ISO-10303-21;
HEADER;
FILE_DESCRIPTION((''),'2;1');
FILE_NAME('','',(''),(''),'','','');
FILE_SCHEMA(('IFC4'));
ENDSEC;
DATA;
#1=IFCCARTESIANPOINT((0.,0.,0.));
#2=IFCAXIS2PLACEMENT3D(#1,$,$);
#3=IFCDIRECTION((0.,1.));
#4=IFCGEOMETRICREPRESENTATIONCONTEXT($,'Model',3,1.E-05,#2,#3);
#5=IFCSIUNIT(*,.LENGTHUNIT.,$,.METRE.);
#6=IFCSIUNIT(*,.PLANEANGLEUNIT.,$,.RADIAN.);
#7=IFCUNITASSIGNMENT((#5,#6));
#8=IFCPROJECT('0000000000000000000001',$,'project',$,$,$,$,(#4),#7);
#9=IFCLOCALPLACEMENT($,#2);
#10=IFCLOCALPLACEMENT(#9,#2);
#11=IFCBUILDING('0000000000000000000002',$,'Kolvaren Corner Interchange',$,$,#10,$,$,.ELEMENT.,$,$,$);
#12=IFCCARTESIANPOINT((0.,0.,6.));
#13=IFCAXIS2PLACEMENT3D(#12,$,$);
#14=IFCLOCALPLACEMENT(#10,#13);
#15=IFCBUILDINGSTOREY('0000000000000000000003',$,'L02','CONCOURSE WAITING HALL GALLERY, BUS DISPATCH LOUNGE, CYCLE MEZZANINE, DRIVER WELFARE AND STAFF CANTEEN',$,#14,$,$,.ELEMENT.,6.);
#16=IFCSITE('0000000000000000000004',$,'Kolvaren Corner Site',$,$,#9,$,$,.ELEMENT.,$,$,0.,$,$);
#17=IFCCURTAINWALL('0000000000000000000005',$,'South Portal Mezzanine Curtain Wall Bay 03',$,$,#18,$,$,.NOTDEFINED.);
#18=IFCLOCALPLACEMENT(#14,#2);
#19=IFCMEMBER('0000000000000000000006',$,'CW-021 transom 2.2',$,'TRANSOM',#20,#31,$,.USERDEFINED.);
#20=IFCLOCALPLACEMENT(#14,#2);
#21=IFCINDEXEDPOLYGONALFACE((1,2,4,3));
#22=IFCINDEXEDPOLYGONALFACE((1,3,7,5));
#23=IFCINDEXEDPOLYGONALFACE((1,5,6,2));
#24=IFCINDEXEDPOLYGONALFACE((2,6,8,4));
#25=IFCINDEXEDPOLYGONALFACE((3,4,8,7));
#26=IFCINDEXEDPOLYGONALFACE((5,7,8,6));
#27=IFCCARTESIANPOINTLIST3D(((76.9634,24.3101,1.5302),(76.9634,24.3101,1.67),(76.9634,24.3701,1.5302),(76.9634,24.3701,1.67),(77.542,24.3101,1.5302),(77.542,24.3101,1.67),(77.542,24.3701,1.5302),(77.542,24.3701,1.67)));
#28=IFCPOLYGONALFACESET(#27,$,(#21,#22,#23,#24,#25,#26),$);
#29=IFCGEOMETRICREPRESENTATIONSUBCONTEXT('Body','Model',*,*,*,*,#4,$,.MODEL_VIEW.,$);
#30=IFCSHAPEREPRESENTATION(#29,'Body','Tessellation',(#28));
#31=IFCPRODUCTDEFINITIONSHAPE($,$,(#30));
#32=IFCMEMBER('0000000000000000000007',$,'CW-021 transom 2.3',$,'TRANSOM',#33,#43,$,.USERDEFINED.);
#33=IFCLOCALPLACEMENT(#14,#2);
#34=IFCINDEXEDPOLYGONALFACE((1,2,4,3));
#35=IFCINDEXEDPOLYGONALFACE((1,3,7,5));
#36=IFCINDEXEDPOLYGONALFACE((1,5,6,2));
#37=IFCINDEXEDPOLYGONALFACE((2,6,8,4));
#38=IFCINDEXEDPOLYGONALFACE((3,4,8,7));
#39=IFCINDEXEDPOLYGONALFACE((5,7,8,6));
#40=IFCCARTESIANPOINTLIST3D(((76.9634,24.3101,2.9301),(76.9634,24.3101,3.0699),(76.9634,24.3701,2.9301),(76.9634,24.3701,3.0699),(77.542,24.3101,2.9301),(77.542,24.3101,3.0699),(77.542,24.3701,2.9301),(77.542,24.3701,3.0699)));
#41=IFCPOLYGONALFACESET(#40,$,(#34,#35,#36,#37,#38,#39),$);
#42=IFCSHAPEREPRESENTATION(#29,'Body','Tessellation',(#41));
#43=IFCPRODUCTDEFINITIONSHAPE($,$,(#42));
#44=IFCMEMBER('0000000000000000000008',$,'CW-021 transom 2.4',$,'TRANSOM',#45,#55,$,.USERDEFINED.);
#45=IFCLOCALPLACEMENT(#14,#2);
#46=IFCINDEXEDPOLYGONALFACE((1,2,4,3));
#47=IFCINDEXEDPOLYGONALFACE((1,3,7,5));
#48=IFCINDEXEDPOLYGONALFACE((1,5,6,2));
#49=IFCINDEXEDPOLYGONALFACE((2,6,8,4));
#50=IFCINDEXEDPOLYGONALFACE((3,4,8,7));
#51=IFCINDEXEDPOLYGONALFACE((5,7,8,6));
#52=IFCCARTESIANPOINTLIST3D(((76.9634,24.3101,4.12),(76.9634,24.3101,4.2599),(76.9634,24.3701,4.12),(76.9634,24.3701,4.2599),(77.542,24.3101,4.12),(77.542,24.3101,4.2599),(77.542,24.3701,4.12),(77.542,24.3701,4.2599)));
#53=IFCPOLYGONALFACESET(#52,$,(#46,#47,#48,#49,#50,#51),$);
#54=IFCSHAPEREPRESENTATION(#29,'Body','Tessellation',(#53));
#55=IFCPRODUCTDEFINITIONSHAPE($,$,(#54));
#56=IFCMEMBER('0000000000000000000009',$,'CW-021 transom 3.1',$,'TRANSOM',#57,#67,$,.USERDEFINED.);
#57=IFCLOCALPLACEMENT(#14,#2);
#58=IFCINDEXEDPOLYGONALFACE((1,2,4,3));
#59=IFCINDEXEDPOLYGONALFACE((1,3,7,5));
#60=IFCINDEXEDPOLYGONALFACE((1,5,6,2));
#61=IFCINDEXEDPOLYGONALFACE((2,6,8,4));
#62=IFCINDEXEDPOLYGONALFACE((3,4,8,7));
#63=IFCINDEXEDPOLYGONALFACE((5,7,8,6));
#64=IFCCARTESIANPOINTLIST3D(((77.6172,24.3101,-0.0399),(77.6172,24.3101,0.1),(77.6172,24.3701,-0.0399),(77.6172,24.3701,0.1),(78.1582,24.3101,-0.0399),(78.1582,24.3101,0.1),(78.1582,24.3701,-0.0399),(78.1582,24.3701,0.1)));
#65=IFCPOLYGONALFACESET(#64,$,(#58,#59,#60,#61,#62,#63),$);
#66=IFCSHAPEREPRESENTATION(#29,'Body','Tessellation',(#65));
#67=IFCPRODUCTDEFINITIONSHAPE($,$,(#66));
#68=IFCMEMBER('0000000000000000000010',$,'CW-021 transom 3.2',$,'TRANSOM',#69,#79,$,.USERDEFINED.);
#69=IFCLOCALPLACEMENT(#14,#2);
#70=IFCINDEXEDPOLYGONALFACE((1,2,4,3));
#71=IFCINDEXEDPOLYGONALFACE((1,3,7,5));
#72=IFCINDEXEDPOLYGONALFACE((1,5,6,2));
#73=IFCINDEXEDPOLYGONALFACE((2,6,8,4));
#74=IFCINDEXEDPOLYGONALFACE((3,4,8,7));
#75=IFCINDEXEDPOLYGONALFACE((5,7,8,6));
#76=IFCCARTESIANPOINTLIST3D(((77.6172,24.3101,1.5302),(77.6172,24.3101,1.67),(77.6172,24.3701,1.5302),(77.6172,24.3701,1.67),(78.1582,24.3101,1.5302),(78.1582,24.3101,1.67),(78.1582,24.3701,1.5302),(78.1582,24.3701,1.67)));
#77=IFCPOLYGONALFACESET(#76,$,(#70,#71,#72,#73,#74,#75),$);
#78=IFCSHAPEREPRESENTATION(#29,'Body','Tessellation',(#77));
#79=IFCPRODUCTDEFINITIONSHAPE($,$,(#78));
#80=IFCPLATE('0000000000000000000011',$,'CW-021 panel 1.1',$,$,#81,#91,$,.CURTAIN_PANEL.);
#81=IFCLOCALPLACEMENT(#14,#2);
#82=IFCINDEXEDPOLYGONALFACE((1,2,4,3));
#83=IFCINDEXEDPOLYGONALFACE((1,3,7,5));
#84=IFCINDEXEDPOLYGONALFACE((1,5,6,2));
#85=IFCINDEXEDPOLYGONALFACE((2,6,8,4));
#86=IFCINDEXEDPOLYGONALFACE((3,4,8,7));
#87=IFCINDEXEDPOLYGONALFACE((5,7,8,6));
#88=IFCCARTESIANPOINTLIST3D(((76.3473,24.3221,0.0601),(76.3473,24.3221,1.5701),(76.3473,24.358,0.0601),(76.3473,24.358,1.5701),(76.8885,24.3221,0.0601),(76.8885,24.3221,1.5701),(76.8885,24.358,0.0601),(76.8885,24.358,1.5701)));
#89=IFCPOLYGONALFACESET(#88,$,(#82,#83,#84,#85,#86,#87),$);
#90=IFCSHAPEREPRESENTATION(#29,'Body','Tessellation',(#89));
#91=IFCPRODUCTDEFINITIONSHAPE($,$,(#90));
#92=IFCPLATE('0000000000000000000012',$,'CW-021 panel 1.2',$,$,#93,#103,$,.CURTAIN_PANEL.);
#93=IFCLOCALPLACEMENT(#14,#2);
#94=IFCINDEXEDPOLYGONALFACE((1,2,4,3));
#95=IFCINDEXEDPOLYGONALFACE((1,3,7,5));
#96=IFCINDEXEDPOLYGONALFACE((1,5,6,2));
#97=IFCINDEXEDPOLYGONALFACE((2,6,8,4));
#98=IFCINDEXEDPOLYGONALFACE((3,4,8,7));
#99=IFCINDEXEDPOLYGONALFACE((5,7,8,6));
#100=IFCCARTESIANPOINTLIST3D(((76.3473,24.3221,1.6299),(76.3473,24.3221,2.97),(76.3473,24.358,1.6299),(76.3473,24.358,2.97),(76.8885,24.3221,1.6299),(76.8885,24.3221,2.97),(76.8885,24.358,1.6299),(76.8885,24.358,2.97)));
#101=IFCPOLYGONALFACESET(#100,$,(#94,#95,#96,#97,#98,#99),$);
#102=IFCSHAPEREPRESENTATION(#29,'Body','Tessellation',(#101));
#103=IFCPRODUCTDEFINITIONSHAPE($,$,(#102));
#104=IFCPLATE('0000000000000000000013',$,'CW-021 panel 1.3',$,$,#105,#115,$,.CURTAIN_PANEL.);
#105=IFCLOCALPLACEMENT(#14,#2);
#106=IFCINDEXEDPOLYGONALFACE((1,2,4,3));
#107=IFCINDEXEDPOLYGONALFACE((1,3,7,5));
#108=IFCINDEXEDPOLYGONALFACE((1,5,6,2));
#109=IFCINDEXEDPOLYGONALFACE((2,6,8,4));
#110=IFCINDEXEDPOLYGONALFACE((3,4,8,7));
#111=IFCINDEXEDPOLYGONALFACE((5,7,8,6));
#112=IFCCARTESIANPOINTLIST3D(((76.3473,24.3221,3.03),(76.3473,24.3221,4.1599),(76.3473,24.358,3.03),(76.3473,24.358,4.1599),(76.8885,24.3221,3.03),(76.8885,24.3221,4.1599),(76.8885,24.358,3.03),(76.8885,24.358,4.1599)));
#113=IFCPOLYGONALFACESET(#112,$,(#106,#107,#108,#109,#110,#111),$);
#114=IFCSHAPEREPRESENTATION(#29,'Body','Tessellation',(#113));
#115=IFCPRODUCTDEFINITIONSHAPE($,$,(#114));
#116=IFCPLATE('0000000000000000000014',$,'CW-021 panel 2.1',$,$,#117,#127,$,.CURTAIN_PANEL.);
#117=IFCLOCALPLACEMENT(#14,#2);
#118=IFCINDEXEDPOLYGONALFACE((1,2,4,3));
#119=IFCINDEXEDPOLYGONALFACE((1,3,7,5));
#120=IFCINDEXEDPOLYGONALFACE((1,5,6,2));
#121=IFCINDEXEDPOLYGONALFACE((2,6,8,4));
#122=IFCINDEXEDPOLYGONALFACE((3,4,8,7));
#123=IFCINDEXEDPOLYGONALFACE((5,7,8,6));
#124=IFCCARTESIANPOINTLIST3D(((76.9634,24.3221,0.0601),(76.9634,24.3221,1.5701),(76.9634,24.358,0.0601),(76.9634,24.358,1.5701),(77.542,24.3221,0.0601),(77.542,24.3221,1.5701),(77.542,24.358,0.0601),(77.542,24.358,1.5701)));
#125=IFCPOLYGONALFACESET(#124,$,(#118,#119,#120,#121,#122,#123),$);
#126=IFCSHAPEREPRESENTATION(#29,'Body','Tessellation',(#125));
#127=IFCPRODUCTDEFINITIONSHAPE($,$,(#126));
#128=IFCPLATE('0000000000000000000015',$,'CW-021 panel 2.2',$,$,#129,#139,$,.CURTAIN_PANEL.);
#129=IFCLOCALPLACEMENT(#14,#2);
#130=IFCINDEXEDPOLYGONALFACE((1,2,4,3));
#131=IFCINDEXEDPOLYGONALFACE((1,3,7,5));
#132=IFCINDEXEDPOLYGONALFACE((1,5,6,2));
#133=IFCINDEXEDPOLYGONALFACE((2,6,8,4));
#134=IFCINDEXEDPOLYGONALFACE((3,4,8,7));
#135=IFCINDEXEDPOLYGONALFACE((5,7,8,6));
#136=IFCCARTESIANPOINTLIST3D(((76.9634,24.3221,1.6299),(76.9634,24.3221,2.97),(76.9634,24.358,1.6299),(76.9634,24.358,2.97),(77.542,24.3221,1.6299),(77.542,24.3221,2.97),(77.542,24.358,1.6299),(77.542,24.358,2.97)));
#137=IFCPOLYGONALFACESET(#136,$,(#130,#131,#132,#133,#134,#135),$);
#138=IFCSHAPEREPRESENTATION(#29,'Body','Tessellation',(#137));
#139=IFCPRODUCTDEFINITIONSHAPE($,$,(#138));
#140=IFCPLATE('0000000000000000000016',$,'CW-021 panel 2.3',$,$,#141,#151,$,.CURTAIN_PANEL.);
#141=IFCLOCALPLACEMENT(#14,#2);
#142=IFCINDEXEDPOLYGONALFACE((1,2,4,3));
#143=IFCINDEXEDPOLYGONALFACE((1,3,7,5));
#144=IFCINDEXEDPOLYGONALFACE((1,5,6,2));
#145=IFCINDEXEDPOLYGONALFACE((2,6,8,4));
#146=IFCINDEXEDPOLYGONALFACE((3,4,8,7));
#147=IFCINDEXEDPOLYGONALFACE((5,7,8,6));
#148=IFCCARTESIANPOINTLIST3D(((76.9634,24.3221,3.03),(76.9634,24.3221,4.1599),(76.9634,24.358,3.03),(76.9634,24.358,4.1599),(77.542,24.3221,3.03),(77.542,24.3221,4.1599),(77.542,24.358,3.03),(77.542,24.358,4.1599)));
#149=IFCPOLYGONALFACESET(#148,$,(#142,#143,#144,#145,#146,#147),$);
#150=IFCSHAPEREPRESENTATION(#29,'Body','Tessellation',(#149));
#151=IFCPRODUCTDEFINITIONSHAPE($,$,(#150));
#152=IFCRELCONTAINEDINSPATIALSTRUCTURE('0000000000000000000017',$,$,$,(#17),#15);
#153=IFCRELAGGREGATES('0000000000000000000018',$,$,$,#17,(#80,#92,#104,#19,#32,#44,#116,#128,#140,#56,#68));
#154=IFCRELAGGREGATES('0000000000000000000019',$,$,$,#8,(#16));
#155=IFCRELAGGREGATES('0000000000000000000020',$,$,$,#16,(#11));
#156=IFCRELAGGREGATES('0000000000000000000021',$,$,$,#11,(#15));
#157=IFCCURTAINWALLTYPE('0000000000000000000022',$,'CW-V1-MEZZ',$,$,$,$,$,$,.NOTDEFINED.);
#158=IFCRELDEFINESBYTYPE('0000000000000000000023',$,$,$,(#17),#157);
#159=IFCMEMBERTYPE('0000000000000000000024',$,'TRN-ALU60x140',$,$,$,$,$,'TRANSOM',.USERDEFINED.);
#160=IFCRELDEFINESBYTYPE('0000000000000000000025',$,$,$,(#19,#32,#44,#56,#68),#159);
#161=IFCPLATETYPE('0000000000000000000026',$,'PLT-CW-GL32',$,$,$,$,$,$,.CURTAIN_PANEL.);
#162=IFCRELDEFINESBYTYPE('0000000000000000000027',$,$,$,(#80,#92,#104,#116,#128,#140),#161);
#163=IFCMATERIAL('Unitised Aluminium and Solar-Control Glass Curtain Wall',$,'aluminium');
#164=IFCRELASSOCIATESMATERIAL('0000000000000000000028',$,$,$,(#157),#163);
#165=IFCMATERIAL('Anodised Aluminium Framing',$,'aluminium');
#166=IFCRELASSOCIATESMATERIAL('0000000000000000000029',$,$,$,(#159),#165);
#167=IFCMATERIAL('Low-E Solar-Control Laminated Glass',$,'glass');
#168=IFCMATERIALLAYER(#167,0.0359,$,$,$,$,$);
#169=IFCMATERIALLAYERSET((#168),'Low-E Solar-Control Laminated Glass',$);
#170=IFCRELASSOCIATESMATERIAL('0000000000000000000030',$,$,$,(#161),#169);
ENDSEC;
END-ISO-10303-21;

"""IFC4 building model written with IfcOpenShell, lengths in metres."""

from ifc_helpers import new_model, si_unit, direction, frame, origin, origin_2d, place, context, subcontext, project, spatial, rectangle, extrude, material, layer, layer_set, material_profile, profile_set, type_object, element, aggregate, save


model = new_model("IFC4")

# Units and contexts
model_context = context("Model", 3, precision=1e-05, world=origin(), true_north=direction((0.0, 1.0)))
body_context = subcontext(model_context, "Body", "Model", "MODEL_VIEW")
ifc_project = project(units=[si_unit("LENGTHUNIT", "METRE"), si_unit("PLANEANGLEUNIT", "RADIAN")], contexts=[model_context])

# Site, building, storey
site_placement = place(None, origin())
site = spatial("IfcSite", under=ifc_project, at=site_placement, Name="Kolvaren Corner Site", CompositionType="ELEMENT", RefElevation=0.0)
building_placement = place(site_placement, origin())
building = spatial("IfcBuilding", under=site, at=building_placement, Name="Kolvaren Corner Interchange", CompositionType="ELEMENT")
storey_placement = place(building_placement, frame((0.0, 0.0, 6.0)))
storey = spatial("IfcBuildingStorey", under=building, at=storey_placement, Name="L02", Description="CONCOURSE WAITING HALL GALLERY, BUS DISPATCH LOUNGE, CYCLE MEZZANINE, DRIVER WELFARE AND STAFF CANTEEN", CompositionType="ELEMENT", Elevation=6.0)

# Curtain wall, members, plates
ifc_material_1 = material(Name="Unitised Aluminium and Solar-Control Glass Curtain Wall", Category="aluminium")
curtain_wall_type = type_object("IfcCurtainWallType", Name="CW-V1-MEZZ", PredefinedType="NOTDEFINED", material=ifc_material_1)
curtain_wall_placement = place(storey_placement, origin())
curtain_wall = element("IfcCurtainWall", 1, at=curtain_wall_placement, inside=storey, type_object=curtain_wall_type, Name="South Portal Mezzanine Curtain Wall Bay 03", PredefinedType="NOTDEFINED")
ifc_material_2 = material(Name="Anodised Aluminium Framing", Category="aluminium")
ifc_material_profile_1 = material_profile(ifc_material_2, rectangle(XDim=0.0601, YDim=0.1399, at=origin_2d()), Name="ALU 60x140")
ifc_profile_set_1 = profile_set([ifc_material_profile_1], Name="Anodised Aluminium Framing")
member_type_1 = type_object("IfcMemberType", Name="TRN-ALU60x140", ElementType="TRANSOM", PredefinedType="USERDEFINED", material=ifc_profile_set_1)
member_1_placement = place(storey_placement, frame((76.9634, 24.3401, 1.6001), z_axis=(1.0, 0.0, 0.0), x_axis=(0.0, 1.0, 0.0)))
member_1 = element("IfcMember", 2, at=member_1_placement, type_object=member_type_1, Name="CW-021 transom 2.2", ObjectType="TRANSOM", PredefinedType="USERDEFINED", context=body_context, shape_type="SweptSolid", body=[
    extrude(rectangle(XDim=0.0601, YDim=0.1399, at=origin_2d()), origin(), (0.0, 0.0, 1.0), 0.5786),
])
member_2_placement = place(storey_placement, frame((76.9634, 24.3401, 3.0), z_axis=(1.0, 0.0, 0.0), x_axis=(0.0, 1.0, 0.0)))
member_2 = element("IfcMember", 3, at=member_2_placement, type_object=member_type_1, Name="CW-021 transom 2.3", ObjectType="TRANSOM", PredefinedType="USERDEFINED", context=body_context, shape_type="SweptSolid", body=[
    extrude(rectangle(XDim=0.0601, YDim=0.1399, at=origin_2d()), origin(), (0.0, 0.0, 1.0), 0.5786),
])
member_3_placement = place(storey_placement, frame((76.9634, 24.3401, 4.1899), z_axis=(1.0, 0.0, 0.0), x_axis=(0.0, 1.0, 0.0)))
member_3 = element("IfcMember", 4, at=member_3_placement, type_object=member_type_1, Name="CW-021 transom 2.4", ObjectType="TRANSOM", PredefinedType="USERDEFINED", context=body_context, shape_type="SweptSolid", body=[
    extrude(rectangle(XDim=0.0601, YDim=0.1399, at=origin_2d()), origin(), (0.0, 0.0, 1.0), 0.5786),
])
member_4_placement = place(storey_placement, frame((77.6172, 24.3401, 0.03), z_axis=(1.0, 0.0, 0.0), x_axis=(0.0, 1.0, 0.0)))
member_4 = element("IfcMember", 5, at=member_4_placement, type_object=member_type_1, Name="CW-021 transom 3.1", ObjectType="TRANSOM", PredefinedType="USERDEFINED", context=body_context, shape_type="SweptSolid", body=[
    extrude(rectangle(XDim=0.0601, YDim=0.1399, at=origin_2d()), origin(), (0.0, 0.0, 1.0), 0.541),
])
member_5_placement = place(storey_placement, frame((77.6172, 24.3401, 1.6001), z_axis=(1.0, 0.0, 0.0), x_axis=(0.0, 1.0, 0.0)))
member_5 = element("IfcMember", 6, at=member_5_placement, type_object=member_type_1, Name="CW-021 transom 3.2", ObjectType="TRANSOM", PredefinedType="USERDEFINED", context=body_context, shape_type="SweptSolid", body=[
    extrude(rectangle(XDim=0.0601, YDim=0.1399, at=origin_2d()), origin(), (0.0, 0.0, 1.0), 0.541),
])
ifc_material_3 = material(Name="Low-E Solar-Control Laminated Glass", Category="glass")
ifc_layer = layer(ifc_material_3, 0.0359)
ifc_layer_set = layer_set([ifc_layer], Name="Low-E Solar-Control Laminated Glass")
plate_type = type_object("IfcPlateType", Name="PLT-CW-GL32", PredefinedType="CURTAIN_PANEL", material=ifc_layer_set)
plate_1_placement = place(storey_placement, frame((76.6179, 24.3401, 0.0601), z_axis=(0.0, 0.0, 1.0), x_axis=(1.0, 0.0, 0.0)))
plate_1 = element("IfcPlate", 7, at=plate_1_placement, type_object=plate_type, Name="CW-021 panel 1.1", PredefinedType="CURTAIN_PANEL", context=body_context, shape_type="SweptSolid", body=[
    extrude(rectangle(XDim=0.5413, YDim=0.0359, at=origin_2d()), origin(), (0.0, 0.0, 1.0), 1.51),
])
plate_2_placement = place(storey_placement, frame((76.6179, 24.3401, 1.6299), z_axis=(0.0, 0.0, 1.0), x_axis=(1.0, 0.0, 0.0)))
plate_2 = element("IfcPlate", 8, at=plate_2_placement, type_object=plate_type, Name="CW-021 panel 1.2", PredefinedType="CURTAIN_PANEL", context=body_context, shape_type="SweptSolid", body=[
    extrude(rectangle(XDim=0.5413, YDim=0.0359, at=origin_2d()), origin(), (0.0, 0.0, 1.0), 1.3401),
])
plate_3_placement = place(storey_placement, frame((76.6179, 24.3401, 3.03), z_axis=(0.0, 0.0, 1.0), x_axis=(1.0, 0.0, 0.0)))
plate_3 = element("IfcPlate", 9, at=plate_3_placement, type_object=plate_type, Name="CW-021 panel 1.3", PredefinedType="CURTAIN_PANEL", context=body_context, shape_type="SweptSolid", body=[
    extrude(rectangle(XDim=0.5413, YDim=0.0359, at=origin_2d()), origin(), (0.0, 0.0, 1.0), 1.1299),
])
plate_4_placement = place(storey_placement, frame((77.2527, 24.3401, 0.0601), z_axis=(0.0, 0.0, 1.0), x_axis=(1.0, 0.0, 0.0)))
plate_4 = element("IfcPlate", 10, at=plate_4_placement, type_object=plate_type, Name="CW-021 panel 2.1", PredefinedType="CURTAIN_PANEL", context=body_context, shape_type="SweptSolid", body=[
    extrude(rectangle(XDim=0.5786, YDim=0.0359, at=origin_2d()), origin(), (0.0, 0.0, 1.0), 1.51),
])
plate_5_placement = place(storey_placement, frame((77.2527, 24.3401, 1.6299), z_axis=(0.0, 0.0, 1.0), x_axis=(1.0, 0.0, 0.0)))
plate_5 = element("IfcPlate", 11, at=plate_5_placement, type_object=plate_type, Name="CW-021 panel 2.2", PredefinedType="CURTAIN_PANEL", context=body_context, shape_type="SweptSolid", body=[
    extrude(rectangle(XDim=0.5786, YDim=0.0359, at=origin_2d()), origin(), (0.0, 0.0, 1.0), 1.3401),
])
plate_6_placement = place(storey_placement, frame((77.2527, 24.3401, 3.03), z_axis=(0.0, 0.0, 1.0), x_axis=(1.0, 0.0, 0.0)))
plate_6 = element("IfcPlate", 12, at=plate_6_placement, type_object=plate_type, Name="CW-021 panel 2.3", PredefinedType="CURTAIN_PANEL", context=body_context, shape_type="SweptSolid", body=[
    extrude(rectangle(XDim=0.5786, YDim=0.0359, at=origin_2d()), origin(), (0.0, 0.0, 1.0), 1.1299),
])
aggregate(curtain_wall, [plate_1, plate_2, plate_3, member_1, member_2, member_3, plate_4, plate_5, plate_6, member_4, member_5])

save(model, "model.ifc")
